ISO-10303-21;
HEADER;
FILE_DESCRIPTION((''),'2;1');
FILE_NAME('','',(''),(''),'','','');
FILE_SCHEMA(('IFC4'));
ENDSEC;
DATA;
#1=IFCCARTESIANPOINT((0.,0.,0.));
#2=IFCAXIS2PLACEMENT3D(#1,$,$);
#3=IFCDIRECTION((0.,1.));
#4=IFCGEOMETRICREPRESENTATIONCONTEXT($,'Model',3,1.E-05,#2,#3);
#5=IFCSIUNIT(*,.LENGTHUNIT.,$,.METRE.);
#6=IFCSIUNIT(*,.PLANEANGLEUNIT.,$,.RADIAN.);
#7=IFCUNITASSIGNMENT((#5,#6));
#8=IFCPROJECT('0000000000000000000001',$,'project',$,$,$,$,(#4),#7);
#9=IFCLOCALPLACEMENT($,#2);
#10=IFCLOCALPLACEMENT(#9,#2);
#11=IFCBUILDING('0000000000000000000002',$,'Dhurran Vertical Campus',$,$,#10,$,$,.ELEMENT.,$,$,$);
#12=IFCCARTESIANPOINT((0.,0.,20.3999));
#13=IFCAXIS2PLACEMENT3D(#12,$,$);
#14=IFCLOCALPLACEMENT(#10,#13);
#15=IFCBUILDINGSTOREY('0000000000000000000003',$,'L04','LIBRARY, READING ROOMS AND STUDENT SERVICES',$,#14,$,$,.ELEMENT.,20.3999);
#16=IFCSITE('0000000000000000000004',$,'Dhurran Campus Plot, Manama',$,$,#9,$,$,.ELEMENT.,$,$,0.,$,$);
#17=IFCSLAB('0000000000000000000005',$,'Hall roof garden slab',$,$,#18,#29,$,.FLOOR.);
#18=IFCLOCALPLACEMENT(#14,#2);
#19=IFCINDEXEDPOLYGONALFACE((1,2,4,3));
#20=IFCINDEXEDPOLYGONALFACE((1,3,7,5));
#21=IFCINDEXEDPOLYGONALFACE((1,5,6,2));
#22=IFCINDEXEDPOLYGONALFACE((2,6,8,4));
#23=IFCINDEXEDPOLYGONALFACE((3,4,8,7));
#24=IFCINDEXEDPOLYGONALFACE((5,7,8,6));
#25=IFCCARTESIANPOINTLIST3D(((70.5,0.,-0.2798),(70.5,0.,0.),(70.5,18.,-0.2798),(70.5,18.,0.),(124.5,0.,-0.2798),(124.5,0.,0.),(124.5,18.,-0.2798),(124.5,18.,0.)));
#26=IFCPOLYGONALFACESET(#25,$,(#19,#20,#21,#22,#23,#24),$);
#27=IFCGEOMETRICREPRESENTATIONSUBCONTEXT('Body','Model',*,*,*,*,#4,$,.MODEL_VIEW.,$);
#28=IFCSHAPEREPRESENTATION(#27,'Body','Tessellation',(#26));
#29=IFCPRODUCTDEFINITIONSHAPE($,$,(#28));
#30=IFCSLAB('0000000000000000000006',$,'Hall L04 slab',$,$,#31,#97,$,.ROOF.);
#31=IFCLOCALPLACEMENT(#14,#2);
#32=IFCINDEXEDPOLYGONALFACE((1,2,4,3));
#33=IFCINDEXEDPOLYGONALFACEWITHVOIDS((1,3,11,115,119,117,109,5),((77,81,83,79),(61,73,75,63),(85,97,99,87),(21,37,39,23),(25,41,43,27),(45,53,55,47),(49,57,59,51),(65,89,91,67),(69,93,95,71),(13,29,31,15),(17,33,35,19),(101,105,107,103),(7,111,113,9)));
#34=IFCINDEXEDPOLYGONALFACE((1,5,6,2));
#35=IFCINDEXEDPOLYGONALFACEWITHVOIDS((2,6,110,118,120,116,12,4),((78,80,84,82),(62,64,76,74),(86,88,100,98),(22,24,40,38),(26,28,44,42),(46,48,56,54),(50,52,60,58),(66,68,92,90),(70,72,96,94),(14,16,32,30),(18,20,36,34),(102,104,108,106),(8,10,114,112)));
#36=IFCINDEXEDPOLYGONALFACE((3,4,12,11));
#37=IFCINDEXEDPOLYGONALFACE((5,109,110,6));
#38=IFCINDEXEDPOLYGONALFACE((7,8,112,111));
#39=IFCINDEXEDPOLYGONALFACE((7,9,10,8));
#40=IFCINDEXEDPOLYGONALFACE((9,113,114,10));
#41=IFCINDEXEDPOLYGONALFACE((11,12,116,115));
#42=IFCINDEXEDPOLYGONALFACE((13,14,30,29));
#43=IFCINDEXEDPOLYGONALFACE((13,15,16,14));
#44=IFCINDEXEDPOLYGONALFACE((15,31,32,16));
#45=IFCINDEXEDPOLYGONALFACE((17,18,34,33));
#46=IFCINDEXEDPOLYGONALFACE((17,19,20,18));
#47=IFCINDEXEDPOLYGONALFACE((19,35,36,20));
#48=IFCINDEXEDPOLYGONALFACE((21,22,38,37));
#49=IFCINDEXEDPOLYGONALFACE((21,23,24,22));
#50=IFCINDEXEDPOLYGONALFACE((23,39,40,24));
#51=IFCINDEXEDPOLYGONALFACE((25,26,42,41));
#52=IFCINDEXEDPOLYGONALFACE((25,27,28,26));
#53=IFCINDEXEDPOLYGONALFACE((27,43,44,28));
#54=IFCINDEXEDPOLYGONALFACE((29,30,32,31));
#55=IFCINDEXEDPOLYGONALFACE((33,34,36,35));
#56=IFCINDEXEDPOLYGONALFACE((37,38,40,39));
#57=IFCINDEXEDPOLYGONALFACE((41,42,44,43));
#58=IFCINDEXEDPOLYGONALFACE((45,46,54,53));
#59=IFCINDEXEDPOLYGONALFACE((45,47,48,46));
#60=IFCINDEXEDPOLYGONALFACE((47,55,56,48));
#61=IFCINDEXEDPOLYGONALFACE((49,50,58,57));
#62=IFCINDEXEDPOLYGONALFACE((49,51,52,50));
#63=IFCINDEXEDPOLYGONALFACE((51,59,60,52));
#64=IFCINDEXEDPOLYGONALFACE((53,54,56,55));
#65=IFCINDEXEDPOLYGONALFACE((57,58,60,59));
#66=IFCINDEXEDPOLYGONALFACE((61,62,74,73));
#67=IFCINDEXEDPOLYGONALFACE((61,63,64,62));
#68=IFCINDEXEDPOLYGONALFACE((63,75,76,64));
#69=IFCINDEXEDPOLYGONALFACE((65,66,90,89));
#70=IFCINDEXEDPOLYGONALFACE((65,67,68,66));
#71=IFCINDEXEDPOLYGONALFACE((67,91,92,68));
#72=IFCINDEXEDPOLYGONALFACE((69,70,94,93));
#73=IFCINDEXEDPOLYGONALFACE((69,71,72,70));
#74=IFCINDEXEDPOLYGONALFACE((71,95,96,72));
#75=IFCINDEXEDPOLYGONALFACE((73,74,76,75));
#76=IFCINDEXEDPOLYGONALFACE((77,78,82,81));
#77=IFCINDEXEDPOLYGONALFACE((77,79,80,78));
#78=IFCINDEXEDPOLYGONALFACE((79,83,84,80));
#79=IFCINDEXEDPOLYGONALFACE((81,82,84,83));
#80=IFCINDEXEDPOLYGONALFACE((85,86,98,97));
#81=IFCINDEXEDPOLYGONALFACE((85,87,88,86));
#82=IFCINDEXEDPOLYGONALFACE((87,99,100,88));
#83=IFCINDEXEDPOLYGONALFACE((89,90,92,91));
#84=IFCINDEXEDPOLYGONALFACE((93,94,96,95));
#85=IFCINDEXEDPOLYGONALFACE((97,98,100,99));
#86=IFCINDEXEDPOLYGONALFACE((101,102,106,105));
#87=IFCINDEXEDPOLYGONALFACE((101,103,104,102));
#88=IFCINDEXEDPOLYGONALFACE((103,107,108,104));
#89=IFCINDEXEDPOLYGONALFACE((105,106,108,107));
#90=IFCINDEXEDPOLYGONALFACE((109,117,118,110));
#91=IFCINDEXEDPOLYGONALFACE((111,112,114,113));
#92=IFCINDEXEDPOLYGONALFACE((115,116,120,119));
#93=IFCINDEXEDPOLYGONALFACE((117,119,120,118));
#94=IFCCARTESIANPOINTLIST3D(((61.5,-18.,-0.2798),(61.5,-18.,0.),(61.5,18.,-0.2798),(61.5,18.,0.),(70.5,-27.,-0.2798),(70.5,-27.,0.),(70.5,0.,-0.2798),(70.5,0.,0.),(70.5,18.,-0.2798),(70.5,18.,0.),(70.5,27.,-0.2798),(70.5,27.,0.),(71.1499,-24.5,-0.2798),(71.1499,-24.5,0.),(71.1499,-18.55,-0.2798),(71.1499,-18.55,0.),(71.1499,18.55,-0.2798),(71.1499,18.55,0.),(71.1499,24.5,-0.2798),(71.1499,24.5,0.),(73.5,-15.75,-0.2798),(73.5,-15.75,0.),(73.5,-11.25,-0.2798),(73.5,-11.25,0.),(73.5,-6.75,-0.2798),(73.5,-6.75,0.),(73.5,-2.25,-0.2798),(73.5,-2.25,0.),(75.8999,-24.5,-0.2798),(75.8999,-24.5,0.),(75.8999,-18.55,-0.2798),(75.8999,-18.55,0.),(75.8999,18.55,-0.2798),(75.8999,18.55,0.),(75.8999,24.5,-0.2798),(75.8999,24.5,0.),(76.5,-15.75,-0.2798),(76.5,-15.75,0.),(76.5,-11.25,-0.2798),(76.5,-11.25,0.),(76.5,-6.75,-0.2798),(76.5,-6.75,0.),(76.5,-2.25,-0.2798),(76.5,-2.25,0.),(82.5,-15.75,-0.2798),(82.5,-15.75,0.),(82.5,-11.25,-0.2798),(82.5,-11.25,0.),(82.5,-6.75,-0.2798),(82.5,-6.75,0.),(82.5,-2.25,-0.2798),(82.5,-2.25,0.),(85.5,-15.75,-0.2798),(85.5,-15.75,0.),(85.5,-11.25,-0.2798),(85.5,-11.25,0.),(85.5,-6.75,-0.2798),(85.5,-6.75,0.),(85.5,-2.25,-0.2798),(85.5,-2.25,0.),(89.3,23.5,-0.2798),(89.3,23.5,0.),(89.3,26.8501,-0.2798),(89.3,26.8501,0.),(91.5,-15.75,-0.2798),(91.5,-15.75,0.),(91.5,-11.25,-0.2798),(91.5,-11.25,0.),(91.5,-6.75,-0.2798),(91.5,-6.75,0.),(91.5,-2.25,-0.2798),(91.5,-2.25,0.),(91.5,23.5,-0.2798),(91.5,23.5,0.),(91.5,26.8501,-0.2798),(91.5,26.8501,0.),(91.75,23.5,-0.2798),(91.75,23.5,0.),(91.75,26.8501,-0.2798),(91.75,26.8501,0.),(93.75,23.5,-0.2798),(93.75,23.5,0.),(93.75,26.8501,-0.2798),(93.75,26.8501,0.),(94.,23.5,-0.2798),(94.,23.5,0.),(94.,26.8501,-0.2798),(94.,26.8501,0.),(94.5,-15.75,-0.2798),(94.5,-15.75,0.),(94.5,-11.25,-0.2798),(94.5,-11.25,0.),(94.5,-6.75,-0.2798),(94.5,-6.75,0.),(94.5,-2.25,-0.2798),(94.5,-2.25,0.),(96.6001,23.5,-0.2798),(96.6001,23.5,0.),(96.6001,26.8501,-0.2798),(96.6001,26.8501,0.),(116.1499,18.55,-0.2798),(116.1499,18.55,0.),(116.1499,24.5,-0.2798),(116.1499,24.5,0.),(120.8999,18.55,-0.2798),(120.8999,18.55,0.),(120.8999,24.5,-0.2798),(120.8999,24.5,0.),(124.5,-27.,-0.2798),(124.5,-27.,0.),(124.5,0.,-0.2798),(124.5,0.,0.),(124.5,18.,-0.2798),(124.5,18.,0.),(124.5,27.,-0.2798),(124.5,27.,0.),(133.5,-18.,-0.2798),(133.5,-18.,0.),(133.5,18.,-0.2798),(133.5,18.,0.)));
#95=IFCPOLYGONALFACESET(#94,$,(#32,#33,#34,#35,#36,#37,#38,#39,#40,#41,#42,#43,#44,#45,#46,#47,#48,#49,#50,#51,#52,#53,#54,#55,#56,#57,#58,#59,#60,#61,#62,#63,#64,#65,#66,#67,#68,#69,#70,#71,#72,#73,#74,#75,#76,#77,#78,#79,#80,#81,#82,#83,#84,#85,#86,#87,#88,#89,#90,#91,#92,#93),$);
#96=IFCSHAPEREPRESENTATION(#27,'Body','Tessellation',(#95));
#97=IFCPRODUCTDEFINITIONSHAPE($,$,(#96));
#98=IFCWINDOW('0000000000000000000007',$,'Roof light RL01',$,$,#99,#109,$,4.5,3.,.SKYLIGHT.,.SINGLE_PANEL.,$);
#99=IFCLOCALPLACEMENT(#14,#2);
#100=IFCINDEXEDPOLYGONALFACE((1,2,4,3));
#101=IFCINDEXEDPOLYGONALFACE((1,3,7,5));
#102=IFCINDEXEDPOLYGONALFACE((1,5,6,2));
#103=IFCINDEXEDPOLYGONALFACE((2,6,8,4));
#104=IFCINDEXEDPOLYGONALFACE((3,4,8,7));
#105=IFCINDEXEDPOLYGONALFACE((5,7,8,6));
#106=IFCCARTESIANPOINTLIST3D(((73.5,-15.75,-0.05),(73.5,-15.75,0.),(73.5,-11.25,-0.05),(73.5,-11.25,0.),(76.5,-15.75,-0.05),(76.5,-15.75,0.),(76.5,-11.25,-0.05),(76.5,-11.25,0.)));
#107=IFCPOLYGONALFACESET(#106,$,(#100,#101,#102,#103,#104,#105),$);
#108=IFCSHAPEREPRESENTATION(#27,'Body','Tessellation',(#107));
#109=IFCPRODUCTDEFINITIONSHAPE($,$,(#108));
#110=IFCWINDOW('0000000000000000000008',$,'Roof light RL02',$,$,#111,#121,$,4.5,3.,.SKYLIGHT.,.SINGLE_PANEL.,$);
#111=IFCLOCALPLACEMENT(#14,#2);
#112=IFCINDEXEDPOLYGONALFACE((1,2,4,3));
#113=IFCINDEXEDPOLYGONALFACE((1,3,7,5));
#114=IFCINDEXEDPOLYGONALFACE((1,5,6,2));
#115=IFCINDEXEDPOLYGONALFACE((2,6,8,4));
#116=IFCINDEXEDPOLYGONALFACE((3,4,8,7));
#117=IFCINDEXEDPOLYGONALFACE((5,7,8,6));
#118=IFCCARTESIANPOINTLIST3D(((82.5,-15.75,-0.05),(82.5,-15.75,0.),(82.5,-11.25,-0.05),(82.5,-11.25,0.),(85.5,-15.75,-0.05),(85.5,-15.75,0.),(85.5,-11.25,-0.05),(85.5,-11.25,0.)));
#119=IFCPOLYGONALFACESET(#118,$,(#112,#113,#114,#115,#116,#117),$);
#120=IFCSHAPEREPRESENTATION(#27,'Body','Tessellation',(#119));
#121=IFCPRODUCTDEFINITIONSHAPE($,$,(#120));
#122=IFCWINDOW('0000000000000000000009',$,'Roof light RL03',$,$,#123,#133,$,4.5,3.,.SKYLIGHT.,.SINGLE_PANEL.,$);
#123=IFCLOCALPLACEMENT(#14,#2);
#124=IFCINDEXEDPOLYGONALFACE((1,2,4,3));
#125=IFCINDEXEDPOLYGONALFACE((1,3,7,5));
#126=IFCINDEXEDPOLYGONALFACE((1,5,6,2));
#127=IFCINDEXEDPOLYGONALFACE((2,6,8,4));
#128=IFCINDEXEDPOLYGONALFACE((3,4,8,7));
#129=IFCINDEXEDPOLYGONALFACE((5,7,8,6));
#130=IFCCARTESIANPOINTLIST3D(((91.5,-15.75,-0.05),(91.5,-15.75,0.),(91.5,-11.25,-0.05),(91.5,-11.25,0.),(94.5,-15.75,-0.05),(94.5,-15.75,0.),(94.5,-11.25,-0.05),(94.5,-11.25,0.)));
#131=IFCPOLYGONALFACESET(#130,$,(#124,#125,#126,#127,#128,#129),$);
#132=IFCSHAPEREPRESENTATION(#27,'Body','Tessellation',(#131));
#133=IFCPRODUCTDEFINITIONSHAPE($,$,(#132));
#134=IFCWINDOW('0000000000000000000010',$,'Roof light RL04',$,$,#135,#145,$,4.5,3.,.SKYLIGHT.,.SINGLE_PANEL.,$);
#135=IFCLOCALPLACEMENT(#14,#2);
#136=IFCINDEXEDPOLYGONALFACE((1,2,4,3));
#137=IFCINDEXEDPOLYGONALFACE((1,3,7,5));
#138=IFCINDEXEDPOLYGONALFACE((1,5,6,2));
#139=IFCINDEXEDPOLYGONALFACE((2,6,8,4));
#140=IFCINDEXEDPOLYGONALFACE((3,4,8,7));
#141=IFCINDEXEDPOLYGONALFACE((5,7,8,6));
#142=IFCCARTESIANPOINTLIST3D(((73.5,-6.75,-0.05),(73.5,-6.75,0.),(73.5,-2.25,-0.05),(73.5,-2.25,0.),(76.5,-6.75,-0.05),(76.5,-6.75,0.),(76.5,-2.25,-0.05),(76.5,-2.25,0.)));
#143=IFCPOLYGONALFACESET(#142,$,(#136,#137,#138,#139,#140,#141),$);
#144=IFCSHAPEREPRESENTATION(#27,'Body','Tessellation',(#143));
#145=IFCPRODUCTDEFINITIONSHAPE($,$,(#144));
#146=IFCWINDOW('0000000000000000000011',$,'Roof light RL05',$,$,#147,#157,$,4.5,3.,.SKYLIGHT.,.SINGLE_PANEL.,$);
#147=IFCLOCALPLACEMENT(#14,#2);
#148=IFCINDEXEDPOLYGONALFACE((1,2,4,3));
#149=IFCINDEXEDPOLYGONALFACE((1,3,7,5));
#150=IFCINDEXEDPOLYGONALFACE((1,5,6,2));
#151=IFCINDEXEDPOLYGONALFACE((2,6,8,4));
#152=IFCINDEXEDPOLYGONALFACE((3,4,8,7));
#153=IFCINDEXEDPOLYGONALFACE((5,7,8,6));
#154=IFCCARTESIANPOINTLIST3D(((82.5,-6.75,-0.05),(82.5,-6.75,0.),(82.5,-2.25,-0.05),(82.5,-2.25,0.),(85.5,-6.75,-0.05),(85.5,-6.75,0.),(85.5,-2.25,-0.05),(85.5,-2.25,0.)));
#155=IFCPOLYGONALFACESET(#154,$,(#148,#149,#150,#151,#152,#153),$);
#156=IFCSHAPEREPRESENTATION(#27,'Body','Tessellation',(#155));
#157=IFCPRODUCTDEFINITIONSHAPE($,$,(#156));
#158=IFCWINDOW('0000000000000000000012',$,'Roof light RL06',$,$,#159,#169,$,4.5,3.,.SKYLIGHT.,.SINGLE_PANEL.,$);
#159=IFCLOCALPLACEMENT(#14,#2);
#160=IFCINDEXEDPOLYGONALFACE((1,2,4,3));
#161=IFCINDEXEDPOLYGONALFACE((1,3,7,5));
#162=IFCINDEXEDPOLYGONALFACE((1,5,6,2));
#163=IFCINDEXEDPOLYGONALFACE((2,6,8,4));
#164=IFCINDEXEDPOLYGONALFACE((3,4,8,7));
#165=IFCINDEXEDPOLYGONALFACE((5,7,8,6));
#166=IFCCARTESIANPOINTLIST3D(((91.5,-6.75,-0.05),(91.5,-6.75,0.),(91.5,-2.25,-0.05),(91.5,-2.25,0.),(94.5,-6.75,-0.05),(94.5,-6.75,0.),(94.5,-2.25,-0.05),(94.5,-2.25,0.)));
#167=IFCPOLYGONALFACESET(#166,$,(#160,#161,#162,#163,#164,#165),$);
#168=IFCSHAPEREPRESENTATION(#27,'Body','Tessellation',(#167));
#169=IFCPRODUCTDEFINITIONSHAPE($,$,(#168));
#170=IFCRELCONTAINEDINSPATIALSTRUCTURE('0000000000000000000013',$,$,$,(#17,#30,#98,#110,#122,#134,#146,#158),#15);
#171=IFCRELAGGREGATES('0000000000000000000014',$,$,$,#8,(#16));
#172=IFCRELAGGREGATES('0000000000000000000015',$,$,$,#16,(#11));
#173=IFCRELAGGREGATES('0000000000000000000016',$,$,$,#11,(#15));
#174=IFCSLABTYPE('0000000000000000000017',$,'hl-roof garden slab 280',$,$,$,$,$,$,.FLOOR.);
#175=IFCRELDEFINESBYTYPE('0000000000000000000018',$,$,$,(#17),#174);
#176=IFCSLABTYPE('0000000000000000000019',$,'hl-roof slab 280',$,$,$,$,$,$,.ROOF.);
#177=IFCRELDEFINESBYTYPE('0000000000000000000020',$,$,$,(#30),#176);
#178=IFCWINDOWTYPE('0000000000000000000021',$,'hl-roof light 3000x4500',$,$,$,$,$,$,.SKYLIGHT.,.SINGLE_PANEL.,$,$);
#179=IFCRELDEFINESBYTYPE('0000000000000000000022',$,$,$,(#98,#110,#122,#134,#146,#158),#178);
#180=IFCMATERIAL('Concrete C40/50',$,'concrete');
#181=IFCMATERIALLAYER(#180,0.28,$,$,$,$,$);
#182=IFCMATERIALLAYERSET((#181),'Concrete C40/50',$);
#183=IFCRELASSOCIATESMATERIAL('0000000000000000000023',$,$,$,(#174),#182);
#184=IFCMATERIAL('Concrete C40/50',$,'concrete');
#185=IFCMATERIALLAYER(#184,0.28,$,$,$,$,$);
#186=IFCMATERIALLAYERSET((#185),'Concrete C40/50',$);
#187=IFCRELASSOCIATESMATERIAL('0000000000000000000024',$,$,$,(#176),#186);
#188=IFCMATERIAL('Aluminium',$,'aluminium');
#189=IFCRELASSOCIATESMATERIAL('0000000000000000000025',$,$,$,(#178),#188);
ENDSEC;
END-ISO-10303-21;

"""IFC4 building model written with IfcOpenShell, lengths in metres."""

from ifc_helpers import new_model, si_unit, direction, frame, origin, origin_2d, place, context, subcontext, project, spatial, polyline, rectangle, outline, extrude, material, layer, layer_set, type_object, element, fill, save


model = new_model("IFC4")

# Units and contexts
model_context = context("Model", 3, precision=1e-05, world=origin(), true_north=direction((0.0, 1.0)))
body_context = subcontext(model_context, "Body", "Model", "MODEL_VIEW")
ifc_project = project(units=[si_unit("LENGTHUNIT", "METRE"), si_unit("PLANEANGLEUNIT", "RADIAN")], contexts=[model_context])

# Site, building, storey
site_placement = place(None, origin())
site = spatial("IfcSite", under=ifc_project, at=site_placement, Name="Dhurran Campus Plot, Manama", CompositionType="ELEMENT", RefElevation=0.0)
building_placement = place(site_placement, origin())
building = spatial("IfcBuilding", under=site, at=building_placement, Name="Dhurran Vertical Campus", CompositionType="ELEMENT")
storey_placement = place(building_placement, frame((0.0, 0.0, 20.3999)))
storey = spatial("IfcBuildingStorey", under=building, at=storey_placement, Name="L04", Description="LIBRARY, READING ROOMS AND STUDENT SERVICES", CompositionType="ELEMENT", Elevation=20.3999)

# Slab
ifc_material_1 = material(Name="Concrete C40/50", Category="concrete")
ifc_layer_1 = layer(ifc_material_1, 0.28)
ifc_layer_set_1 = layer_set([ifc_layer_1], Name="Concrete C40/50")
slab_type_1 = type_object("IfcSlabType", Name="hl-roof garden slab 280", PredefinedType="FLOOR", material=ifc_layer_set_1)
slab_1_placement = place(storey_placement, frame((0.0, 0.0, -0.2798)))
element("IfcSlab", 1, at=slab_1_placement, inside=storey, type_object=slab_type_1, Name="Hall roof garden slab", PredefinedType="FLOOR", context=body_context, shape_type="SweptSolid", body=[
    extrude(outline(polyline([(70.5, 0.0), (124.5, 0.0), (124.5, 18.0), (70.5, 18.0), (70.5, 0.0)])), origin(), (0.0, 0.0, 1.0), 0.2798),
])

# Slab, openings, windows
ifc_material_2 = material(Name="Concrete C40/50", Category="concrete")
ifc_layer_2 = layer(ifc_material_2, 0.28)
ifc_layer_set_2 = layer_set([ifc_layer_2], Name="Concrete C40/50")
slab_type_2 = type_object("IfcSlabType", Name="hl-roof slab 280", PredefinedType="ROOF", material=ifc_layer_set_2)
slab_2_placement = place(storey_placement, frame((0.0, 0.0, -0.2798)))
slab_2 = element("IfcSlab", 2, at=slab_2_placement, inside=storey, type_object=slab_type_2, Name="Hall L04 slab", PredefinedType="ROOF", context=body_context, shape_type="SweptSolid", body=[
    extrude(outline(polyline([(61.5, -18.0), (70.5, -27.0), (124.5, -27.0), (133.5, -18.0), (133.5, 18.0), (124.5, 27.0), (70.5, 27.0), (61.5, 18.0), (61.5, -18.0)]), holes=[polyline([(71.1499, -24.5), (75.8999, -24.5), (75.8999, -18.55), (71.1499, -18.55), (71.1499, -24.5)]), polyline([(116.1499, 18.55), (120.8999, 18.55), (120.8999, 24.5), (116.1499, 24.5), (116.1499, 18.55)]), polyline([(71.1499, 18.55), (75.8999, 18.55), (75.8999, 24.5), (71.1499, 24.5), (71.1499, 18.55)]), polyline([(89.3, 23.5), (91.5, 23.5), (91.5, 26.8501), (89.3, 26.8501), (89.3, 23.5)]), polyline([(91.75, 23.5), (93.75, 23.5), (93.75, 26.8501), (91.75, 26.8501), (91.75, 23.5)]), polyline([(94.0, 23.5), (96.6001, 23.5), (96.6001, 26.8501), (94.0, 26.8501), (94.0, 23.5)]), polyline([(70.5, 0.0), (124.5, 0.0), (124.5, 18.0), (70.5, 18.0), (70.5, 0.0)])]), origin(), (0.0, 0.0, 1.0), 0.2798),
])
opening_1_placement = place(slab_2_placement, frame((75.0, -13.5, 0.0)))
opening_1 = element("IfcOpeningElement", 3, at=opening_1_placement, cuts=slab_2, PredefinedType="OPENING", context=body_context, shape_type="SweptSolid", body=[
    extrude(rectangle(XDim=3.0, YDim=4.5, at=origin_2d()), origin(), (0.0, 0.0, 1.0), 0.2798),
])
opening_2_placement = place(slab_2_placement, frame((84.0, -13.5, 0.0)))
opening_2 = element("IfcOpeningElement", 4, at=opening_2_placement, cuts=slab_2, PredefinedType="OPENING", context=body_context, shape_type="SweptSolid", body=[
    extrude(rectangle(XDim=3.0, YDim=4.5, at=origin_2d()), origin(), (0.0, 0.0, 1.0), 0.2798),
])
opening_3_placement = place(slab_2_placement, frame((93.0, -13.5, 0.0)))
opening_3 = element("IfcOpeningElement", 5, at=opening_3_placement, cuts=slab_2, PredefinedType="OPENING", context=body_context, shape_type="SweptSolid", body=[
    extrude(rectangle(XDim=3.0, YDim=4.5, at=origin_2d()), origin(), (0.0, 0.0, 1.0), 0.2798),
])
opening_4_placement = place(slab_2_placement, frame((75.0, -4.5, 0.0)))
opening_4 = element("IfcOpeningElement", 6, at=opening_4_placement, cuts=slab_2, PredefinedType="OPENING", context=body_context, shape_type="SweptSolid", body=[
    extrude(rectangle(XDim=3.0, YDim=4.5, at=origin_2d()), origin(), (0.0, 0.0, 1.0), 0.2798),
])
opening_5_placement = place(slab_2_placement, frame((84.0, -4.5, 0.0)))
opening_5 = element("IfcOpeningElement", 7, at=opening_5_placement, cuts=slab_2, PredefinedType="OPENING", context=body_context, shape_type="SweptSolid", body=[
    extrude(rectangle(XDim=3.0, YDim=4.5, at=origin_2d()), origin(), (0.0, 0.0, 1.0), 0.2798),
])
opening_6_placement = place(slab_2_placement, frame((93.0, -4.5, 0.0)))
opening_6 = element("IfcOpeningElement", 8, at=opening_6_placement, cuts=slab_2, PredefinedType="OPENING", context=body_context, shape_type="SweptSolid", body=[
    extrude(rectangle(XDim=3.0, YDim=4.5, at=origin_2d()), origin(), (0.0, 0.0, 1.0), 0.2798),
])
ifc_material_3 = material(Name="Aluminium", Category="aluminium")
window_type = type_object("IfcWindowType", Name="hl-roof light 3000x4500", PartitioningType="SINGLE_PANEL", PredefinedType="SKYLIGHT", material=ifc_material_3)
window_1_placement = place(opening_1_placement, frame((0.0, 0.0, 0.2297)))
window_1 = element("IfcWindow", 9, at=window_1_placement, inside=storey, type_object=window_type, Name="Roof light RL01", OverallHeight=4.5, OverallWidth=3.0, PartitioningType="SINGLE_PANEL", PredefinedType="SKYLIGHT", context=body_context, shape_type="SweptSolid", body=[
    extrude(rectangle(XDim=3.0, YDim=4.5, at=origin_2d()), origin(), (0.0, 0.0, 1.0), 0.05),
])
fill(opening_1, window_1)
window_2_placement = place(opening_2_placement, frame((0.0, 0.0, 0.2297)))
window_2 = element("IfcWindow", 10, at=window_2_placement, inside=storey, type_object=window_type, Name="Roof light RL02", OverallHeight=4.5, OverallWidth=3.0, PartitioningType="SINGLE_PANEL", PredefinedType="SKYLIGHT", context=body_context, shape_type="SweptSolid", body=[
    extrude(rectangle(XDim=3.0, YDim=4.5, at=origin_2d()), origin(), (0.0, 0.0, 1.0), 0.05),
])
fill(opening_2, window_2)
window_3_placement = place(opening_3_placement, frame((0.0, 0.0, 0.2297)))
window_3 = element("IfcWindow", 11, at=window_3_placement, inside=storey, type_object=window_type, Name="Roof light RL03", OverallHeight=4.5, OverallWidth=3.0, PartitioningType="SINGLE_PANEL", PredefinedType="SKYLIGHT", context=body_context, shape_type="SweptSolid", body=[
    extrude(rectangle(XDim=3.0, YDim=4.5, at=origin_2d()), origin(), (0.0, 0.0, 1.0), 0.05),
])
fill(opening_3, window_3)
window_4_placement = place(opening_4_placement, frame((0.0, 0.0, 0.2297)))
window_4 = element("IfcWindow", 12, at=window_4_placement, inside=storey, type_object=window_type, Name="Roof light RL04", OverallHeight=4.5, OverallWidth=3.0, PartitioningType="SINGLE_PANEL", PredefinedType="SKYLIGHT", context=body_context, shape_type="SweptSolid", body=[
    extrude(rectangle(XDim=3.0, YDim=4.5, at=origin_2d()), origin(), (0.0, 0.0, 1.0), 0.05),
])
fill(opening_4, window_4)
window_5_placement = place(opening_5_placement, frame((0.0, 0.0, 0.2297)))
window_5 = element("IfcWindow", 13, at=window_5_placement, inside=storey, type_object=window_type, Name="Roof light RL05", OverallHeight=4.5, OverallWidth=3.0, PartitioningType="SINGLE_PANEL", PredefinedType="SKYLIGHT", context=body_context, shape_type="SweptSolid", body=[
    extrude(rectangle(XDim=3.0, YDim=4.5, at=origin_2d()), origin(), (0.0, 0.0, 1.0), 0.05),
])
fill(opening_5, window_5)
window_6_placement = place(opening_6_placement, frame((0.0, 0.0, 0.2297)))
window_6 = element("IfcWindow", 14, at=window_6_placement, inside=storey, type_object=window_type, Name="Roof light RL06", OverallHeight=4.5, OverallWidth=3.0, PartitioningType="SINGLE_PANEL", PredefinedType="SKYLIGHT", context=body_context, shape_type="SweptSolid", body=[
    extrude(rectangle(XDim=3.0, YDim=4.5, at=origin_2d()), origin(), (0.0, 0.0, 1.0), 0.05),
])
fill(opening_6, window_6)

save(model, "model.ifc")
